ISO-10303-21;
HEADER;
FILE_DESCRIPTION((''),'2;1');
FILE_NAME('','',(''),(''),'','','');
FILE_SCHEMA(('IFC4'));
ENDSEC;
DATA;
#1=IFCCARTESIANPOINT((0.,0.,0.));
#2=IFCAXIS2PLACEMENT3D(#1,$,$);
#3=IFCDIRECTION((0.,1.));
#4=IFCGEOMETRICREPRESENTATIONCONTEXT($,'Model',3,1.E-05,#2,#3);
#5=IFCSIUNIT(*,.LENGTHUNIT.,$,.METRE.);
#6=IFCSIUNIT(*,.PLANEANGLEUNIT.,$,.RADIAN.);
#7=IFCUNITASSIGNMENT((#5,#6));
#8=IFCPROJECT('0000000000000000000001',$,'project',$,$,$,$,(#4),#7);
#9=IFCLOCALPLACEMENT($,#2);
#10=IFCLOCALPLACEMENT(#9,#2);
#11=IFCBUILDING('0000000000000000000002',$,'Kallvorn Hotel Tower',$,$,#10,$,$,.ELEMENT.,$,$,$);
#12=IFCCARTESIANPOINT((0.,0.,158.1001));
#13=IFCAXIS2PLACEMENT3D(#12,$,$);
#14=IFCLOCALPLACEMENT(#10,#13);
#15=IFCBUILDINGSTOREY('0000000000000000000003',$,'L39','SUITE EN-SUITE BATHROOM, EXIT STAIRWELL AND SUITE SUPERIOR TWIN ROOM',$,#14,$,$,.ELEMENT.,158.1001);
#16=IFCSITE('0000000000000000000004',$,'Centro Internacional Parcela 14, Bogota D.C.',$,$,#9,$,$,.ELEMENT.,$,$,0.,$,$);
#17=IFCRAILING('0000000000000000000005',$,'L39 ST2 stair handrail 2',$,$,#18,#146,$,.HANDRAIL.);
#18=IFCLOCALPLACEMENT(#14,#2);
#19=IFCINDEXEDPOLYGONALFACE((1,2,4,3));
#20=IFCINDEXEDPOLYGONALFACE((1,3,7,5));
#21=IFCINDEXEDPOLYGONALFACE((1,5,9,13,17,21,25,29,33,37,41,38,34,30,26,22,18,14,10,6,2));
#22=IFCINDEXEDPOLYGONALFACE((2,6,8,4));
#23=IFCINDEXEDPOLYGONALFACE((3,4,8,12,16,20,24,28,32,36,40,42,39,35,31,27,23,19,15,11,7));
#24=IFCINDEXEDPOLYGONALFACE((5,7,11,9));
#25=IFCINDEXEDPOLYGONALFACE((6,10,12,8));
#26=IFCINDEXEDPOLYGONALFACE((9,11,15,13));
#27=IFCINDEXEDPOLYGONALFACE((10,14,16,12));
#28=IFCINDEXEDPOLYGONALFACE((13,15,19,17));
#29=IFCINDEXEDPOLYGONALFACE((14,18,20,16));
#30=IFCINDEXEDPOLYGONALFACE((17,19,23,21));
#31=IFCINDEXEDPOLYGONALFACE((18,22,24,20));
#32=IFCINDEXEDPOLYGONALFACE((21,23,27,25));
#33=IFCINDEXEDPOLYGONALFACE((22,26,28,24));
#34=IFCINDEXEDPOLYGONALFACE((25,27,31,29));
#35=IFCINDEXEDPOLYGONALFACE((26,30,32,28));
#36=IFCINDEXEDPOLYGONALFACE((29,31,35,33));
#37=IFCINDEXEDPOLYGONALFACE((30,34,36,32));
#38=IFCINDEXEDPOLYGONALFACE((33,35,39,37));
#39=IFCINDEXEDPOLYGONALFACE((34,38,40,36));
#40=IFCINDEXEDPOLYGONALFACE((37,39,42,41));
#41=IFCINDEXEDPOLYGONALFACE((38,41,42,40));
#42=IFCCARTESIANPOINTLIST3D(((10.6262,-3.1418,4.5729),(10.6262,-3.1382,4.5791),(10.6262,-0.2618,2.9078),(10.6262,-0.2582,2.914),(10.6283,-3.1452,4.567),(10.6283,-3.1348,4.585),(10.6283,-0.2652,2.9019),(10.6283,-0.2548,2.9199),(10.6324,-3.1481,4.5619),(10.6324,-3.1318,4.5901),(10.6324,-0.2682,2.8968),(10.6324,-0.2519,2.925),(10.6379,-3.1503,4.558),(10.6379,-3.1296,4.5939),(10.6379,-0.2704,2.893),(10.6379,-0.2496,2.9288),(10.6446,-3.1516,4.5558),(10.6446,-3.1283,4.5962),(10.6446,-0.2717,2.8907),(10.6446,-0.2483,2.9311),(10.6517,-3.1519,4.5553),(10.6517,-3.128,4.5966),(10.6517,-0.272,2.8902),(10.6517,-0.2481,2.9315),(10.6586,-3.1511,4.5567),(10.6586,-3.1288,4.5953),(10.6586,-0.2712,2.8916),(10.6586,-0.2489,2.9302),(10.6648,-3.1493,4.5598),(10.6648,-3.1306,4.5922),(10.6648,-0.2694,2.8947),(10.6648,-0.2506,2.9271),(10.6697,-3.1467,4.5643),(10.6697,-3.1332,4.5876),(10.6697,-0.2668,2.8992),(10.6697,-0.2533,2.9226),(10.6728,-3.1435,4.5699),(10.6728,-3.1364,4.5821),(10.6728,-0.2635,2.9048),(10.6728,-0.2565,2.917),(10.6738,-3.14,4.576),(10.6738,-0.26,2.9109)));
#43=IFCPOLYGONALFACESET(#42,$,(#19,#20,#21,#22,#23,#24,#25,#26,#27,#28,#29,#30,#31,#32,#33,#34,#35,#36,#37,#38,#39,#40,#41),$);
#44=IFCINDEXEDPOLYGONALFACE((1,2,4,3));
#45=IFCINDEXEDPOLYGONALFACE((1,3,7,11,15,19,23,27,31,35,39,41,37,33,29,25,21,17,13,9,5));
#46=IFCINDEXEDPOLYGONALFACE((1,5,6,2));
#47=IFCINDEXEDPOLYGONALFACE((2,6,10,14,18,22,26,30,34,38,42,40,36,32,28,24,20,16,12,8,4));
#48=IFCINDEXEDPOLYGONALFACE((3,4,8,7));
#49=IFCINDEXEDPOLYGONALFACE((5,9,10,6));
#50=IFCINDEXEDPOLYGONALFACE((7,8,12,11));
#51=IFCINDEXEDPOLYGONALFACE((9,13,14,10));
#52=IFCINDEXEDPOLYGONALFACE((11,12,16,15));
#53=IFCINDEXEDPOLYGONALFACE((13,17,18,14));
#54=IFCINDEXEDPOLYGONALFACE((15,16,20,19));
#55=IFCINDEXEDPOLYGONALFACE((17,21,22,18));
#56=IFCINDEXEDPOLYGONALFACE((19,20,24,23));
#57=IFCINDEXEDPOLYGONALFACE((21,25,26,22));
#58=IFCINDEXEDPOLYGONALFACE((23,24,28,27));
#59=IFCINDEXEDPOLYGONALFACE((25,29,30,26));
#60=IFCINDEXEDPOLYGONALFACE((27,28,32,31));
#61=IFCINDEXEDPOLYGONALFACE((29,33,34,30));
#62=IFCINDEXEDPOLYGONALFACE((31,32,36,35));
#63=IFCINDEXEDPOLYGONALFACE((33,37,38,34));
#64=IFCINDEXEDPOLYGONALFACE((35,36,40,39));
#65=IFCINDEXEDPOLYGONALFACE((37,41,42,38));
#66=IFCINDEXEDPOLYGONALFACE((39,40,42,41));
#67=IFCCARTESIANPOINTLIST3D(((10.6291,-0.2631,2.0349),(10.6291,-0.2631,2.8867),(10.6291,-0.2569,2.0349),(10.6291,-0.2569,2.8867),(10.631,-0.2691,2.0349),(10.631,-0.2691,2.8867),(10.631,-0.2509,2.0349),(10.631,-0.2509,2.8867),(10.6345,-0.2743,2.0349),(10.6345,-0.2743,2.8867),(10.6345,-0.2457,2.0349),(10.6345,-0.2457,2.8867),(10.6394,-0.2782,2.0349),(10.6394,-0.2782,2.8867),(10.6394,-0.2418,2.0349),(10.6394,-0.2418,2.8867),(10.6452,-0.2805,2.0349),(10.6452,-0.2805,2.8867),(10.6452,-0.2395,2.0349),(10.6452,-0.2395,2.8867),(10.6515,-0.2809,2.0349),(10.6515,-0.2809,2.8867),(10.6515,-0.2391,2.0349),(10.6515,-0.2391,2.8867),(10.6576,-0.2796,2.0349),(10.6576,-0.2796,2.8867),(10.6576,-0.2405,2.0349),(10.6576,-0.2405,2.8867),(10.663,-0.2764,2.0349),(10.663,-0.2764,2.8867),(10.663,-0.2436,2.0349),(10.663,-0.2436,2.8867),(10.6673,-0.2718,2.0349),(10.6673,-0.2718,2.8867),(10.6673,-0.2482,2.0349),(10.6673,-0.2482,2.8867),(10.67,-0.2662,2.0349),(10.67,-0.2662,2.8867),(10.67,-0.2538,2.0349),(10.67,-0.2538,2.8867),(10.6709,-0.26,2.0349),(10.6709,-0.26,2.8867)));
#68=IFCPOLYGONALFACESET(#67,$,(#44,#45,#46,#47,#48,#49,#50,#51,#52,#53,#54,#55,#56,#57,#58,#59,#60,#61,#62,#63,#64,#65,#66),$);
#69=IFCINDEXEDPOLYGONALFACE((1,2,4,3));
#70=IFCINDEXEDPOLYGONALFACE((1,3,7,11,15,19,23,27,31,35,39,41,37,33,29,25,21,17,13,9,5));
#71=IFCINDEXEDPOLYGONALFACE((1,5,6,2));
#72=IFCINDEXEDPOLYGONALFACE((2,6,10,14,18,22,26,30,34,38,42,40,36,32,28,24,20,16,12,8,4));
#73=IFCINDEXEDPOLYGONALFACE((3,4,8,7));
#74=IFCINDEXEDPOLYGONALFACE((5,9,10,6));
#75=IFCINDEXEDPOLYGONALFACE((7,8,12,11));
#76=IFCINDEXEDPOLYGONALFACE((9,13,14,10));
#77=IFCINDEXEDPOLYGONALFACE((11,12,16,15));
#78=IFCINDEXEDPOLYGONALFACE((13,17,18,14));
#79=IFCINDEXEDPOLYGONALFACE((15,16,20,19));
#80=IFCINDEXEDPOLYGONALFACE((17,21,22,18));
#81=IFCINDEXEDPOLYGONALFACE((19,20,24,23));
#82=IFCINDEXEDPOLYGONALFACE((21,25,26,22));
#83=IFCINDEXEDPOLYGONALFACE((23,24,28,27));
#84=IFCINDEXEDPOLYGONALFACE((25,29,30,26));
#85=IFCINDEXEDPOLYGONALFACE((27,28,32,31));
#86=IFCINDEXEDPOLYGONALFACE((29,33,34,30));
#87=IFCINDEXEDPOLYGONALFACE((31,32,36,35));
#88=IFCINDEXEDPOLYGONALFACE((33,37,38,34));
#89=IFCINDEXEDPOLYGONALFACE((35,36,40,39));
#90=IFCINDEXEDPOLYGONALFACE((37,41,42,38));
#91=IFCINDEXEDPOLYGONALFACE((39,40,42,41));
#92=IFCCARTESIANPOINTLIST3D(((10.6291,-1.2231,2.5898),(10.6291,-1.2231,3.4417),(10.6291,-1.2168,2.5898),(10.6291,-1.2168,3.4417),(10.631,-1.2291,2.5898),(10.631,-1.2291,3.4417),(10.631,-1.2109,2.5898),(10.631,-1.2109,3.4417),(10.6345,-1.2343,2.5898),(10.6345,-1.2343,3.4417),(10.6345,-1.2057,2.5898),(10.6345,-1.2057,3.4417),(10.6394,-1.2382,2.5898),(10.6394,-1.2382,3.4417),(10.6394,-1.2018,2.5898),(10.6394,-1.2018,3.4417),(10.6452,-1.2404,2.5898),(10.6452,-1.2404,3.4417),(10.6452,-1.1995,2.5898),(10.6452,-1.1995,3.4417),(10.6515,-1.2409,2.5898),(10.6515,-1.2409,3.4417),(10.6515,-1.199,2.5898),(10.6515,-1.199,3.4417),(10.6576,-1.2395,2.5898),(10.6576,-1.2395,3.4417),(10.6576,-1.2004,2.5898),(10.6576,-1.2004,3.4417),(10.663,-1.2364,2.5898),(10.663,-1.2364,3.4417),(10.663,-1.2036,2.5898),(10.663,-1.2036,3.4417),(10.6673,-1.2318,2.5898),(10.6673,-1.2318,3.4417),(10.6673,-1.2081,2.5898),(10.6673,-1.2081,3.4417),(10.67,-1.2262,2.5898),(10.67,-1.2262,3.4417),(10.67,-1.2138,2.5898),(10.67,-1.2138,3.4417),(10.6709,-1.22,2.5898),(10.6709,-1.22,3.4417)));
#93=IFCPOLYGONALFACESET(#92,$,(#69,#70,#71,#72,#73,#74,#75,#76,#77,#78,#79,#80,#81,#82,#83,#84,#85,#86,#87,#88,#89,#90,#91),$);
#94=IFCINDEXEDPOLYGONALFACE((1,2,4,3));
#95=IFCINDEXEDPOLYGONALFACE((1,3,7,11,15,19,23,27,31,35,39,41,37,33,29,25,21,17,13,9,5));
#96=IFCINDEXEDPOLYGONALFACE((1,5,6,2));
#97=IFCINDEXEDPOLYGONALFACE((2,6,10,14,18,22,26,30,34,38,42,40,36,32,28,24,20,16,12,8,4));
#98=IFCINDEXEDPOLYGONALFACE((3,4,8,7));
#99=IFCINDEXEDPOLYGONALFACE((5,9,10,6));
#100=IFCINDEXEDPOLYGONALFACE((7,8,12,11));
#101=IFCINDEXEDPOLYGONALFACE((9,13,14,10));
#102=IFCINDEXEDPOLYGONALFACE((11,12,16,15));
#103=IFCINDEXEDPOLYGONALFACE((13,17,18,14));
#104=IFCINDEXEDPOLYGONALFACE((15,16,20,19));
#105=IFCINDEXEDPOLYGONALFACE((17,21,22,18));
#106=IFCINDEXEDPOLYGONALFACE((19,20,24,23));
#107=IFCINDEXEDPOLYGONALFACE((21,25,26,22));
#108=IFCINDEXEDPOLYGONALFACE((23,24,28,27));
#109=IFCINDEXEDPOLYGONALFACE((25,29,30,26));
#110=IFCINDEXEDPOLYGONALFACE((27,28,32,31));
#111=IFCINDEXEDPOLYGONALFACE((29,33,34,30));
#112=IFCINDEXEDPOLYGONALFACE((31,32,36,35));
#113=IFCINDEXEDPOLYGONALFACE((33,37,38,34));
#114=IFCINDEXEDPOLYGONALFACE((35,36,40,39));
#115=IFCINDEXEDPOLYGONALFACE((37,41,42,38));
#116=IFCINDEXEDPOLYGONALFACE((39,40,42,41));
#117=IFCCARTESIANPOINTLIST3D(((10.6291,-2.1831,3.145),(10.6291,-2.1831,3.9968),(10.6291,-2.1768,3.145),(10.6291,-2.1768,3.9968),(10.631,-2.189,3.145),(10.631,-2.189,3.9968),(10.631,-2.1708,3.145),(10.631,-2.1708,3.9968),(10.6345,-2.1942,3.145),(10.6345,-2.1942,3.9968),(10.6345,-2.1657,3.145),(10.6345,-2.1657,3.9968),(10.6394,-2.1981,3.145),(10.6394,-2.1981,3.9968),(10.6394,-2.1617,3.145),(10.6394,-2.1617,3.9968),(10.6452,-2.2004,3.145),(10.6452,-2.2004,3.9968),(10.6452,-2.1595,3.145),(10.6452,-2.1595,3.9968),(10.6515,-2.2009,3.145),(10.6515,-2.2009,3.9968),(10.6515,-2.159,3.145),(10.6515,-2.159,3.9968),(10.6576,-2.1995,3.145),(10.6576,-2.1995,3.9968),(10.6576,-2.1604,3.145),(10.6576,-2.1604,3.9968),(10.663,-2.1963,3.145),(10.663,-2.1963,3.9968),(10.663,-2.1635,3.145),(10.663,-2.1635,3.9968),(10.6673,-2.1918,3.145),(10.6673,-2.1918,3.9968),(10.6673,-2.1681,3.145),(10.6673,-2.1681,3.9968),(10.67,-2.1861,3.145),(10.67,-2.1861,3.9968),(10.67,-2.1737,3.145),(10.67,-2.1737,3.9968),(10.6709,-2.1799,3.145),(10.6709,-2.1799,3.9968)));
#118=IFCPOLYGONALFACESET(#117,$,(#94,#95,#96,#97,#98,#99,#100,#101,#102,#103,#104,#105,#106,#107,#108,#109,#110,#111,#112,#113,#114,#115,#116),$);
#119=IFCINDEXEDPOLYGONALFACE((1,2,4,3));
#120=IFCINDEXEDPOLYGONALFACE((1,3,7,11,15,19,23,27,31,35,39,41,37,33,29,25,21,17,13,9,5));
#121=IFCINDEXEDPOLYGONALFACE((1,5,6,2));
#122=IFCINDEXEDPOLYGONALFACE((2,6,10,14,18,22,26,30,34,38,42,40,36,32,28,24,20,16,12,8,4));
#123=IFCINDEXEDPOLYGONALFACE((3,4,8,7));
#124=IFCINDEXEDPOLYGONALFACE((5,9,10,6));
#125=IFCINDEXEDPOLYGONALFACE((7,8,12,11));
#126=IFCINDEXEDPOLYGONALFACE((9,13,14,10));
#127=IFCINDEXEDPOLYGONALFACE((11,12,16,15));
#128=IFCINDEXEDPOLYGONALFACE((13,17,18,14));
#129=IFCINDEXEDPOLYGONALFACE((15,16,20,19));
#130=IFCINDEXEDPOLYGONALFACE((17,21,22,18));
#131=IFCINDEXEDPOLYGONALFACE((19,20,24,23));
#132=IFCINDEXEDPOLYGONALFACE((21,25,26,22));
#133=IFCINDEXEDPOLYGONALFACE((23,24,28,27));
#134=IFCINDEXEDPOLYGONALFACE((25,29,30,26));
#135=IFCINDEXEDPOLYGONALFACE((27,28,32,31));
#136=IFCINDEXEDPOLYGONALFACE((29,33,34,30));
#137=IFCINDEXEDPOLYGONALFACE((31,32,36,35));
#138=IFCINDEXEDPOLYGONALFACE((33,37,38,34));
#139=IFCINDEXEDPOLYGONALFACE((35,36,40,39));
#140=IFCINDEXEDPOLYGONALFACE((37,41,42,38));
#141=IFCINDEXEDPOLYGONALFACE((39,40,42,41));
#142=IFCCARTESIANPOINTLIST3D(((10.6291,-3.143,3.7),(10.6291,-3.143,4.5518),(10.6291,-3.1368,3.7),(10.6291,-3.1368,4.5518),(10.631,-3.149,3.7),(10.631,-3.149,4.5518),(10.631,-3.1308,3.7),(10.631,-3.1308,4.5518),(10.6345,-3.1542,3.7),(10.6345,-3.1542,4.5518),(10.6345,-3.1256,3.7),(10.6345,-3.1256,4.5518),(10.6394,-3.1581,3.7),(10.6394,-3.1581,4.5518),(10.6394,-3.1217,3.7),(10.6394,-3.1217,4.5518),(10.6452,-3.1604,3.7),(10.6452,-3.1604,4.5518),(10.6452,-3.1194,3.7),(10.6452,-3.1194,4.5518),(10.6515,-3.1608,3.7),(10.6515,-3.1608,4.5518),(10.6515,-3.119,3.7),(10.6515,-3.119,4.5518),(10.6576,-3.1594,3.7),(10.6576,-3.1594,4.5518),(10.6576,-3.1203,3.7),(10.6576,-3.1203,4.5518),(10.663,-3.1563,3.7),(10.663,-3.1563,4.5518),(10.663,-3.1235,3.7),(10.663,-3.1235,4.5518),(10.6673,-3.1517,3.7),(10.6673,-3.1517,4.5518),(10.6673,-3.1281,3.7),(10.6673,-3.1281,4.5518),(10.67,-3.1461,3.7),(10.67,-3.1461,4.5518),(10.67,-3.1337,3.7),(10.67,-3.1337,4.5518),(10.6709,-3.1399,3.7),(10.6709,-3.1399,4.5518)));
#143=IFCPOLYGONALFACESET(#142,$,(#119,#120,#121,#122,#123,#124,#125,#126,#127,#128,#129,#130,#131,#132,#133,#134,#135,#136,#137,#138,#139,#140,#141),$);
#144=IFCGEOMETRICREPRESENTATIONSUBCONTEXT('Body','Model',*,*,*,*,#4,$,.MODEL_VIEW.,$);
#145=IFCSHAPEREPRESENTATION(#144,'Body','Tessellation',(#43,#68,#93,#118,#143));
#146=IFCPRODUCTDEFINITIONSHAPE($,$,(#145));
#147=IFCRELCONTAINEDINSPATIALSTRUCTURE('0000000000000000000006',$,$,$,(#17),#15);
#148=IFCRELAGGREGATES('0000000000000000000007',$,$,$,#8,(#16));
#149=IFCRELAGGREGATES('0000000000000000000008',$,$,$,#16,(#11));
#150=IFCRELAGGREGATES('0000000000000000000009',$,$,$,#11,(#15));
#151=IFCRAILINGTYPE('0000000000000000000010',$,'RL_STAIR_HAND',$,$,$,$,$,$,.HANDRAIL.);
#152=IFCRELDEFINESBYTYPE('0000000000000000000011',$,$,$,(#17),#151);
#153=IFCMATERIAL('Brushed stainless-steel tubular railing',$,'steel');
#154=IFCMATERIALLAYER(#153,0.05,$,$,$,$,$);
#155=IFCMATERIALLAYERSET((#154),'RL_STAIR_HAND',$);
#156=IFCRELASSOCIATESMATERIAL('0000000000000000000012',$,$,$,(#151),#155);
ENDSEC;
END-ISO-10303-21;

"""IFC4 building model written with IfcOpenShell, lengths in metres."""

from ifc_helpers import new_model, si_unit, direction, frame, origin, origin_2d, place, context, subcontext, project, spatial, circle, extrude, material, layer, layer_set, type_object, element, save


model = new_model("IFC4")

# Units and contexts
model_context = context("Model", 3, precision=1e-05, world=origin(), true_north=direction((0.0, 1.0)))
body_context = subcontext(model_context, "Body", "Model", "MODEL_VIEW")
ifc_project = project(units=[si_unit("LENGTHUNIT", "METRE"), si_unit("PLANEANGLEUNIT", "RADIAN")], contexts=[model_context])

# Site, building, storey
site_placement = place(None, origin())
site = spatial("IfcSite", under=ifc_project, at=site_placement, Name="Centro Internacional Parcela 14, Bogota D.C.", CompositionType="ELEMENT", RefElevation=0.0)
building_placement = place(site_placement, origin())
building = spatial("IfcBuilding", under=site, at=building_placement, Name="Kallvorn Hotel Tower", CompositionType="ELEMENT")
storey_placement = place(building_placement, frame((0.0, 0.0, 158.1001)))
storey = spatial("IfcBuildingStorey", under=building, at=storey_placement, Name="L39", Description="SUITE EN-SUITE BATHROOM, EXIT STAIRWELL AND SUITE SUPERIOR TWIN ROOM", CompositionType="ELEMENT", Elevation=158.1001)

# Railing
ifc_material_1 = material(Name="Brushed stainless-steel tubular railing", Category="steel")
ifc_layer_1 = layer(ifc_material_1, 0.05)
ifc_layer_set_1 = layer_set([ifc_layer_1], Name="RL_STAIR_HAND")
railing_type_1 = type_object("IfcRailingType", Name="RL_STAIR_HAND", PredefinedType="HANDRAIL", material=ifc_layer_set_1)
railing_1_placement = place(storey_placement, frame((10.6499, -0.26, 2.0349)))
element("IfcRailing", 1, at=railing_1_placement, inside=storey, type_object=railing_type_1, Name="L39 ST2 stair handrail 2", PredefinedType="HANDRAIL", context=body_context, shape_type="SweptSolid", body=[
    extrude(circle(Radius=0.0239, at=origin_2d()), frame((0.0, 0.0, 0.876), z_axis=(0.0, -0.865721, 0.500527), x_axis=(1.0, 0.0, 0.0)), (0.0, 0.0, 1.0), 3.3267),
    extrude(circle(Radius=0.021, at=origin_2d()), origin(), (0.0, 0.0, 1.0), 0.8518),
    extrude(circle(Radius=0.021, at=origin_2d()), frame((0.0, -0.96, 0.5549)), (0.0, 0.0, 1.0), 0.8518),
    extrude(circle(Radius=0.021, at=origin_2d()), frame((0.0, -1.9199, 1.1101)), (0.0, 0.0, 1.0), 0.8518),
    extrude(circle(Radius=0.021, at=origin_2d()), frame((0.0, -2.8799, 1.665)), (0.0, 0.0, 1.0), 0.8518),
])

save(model, "model.ifc")
